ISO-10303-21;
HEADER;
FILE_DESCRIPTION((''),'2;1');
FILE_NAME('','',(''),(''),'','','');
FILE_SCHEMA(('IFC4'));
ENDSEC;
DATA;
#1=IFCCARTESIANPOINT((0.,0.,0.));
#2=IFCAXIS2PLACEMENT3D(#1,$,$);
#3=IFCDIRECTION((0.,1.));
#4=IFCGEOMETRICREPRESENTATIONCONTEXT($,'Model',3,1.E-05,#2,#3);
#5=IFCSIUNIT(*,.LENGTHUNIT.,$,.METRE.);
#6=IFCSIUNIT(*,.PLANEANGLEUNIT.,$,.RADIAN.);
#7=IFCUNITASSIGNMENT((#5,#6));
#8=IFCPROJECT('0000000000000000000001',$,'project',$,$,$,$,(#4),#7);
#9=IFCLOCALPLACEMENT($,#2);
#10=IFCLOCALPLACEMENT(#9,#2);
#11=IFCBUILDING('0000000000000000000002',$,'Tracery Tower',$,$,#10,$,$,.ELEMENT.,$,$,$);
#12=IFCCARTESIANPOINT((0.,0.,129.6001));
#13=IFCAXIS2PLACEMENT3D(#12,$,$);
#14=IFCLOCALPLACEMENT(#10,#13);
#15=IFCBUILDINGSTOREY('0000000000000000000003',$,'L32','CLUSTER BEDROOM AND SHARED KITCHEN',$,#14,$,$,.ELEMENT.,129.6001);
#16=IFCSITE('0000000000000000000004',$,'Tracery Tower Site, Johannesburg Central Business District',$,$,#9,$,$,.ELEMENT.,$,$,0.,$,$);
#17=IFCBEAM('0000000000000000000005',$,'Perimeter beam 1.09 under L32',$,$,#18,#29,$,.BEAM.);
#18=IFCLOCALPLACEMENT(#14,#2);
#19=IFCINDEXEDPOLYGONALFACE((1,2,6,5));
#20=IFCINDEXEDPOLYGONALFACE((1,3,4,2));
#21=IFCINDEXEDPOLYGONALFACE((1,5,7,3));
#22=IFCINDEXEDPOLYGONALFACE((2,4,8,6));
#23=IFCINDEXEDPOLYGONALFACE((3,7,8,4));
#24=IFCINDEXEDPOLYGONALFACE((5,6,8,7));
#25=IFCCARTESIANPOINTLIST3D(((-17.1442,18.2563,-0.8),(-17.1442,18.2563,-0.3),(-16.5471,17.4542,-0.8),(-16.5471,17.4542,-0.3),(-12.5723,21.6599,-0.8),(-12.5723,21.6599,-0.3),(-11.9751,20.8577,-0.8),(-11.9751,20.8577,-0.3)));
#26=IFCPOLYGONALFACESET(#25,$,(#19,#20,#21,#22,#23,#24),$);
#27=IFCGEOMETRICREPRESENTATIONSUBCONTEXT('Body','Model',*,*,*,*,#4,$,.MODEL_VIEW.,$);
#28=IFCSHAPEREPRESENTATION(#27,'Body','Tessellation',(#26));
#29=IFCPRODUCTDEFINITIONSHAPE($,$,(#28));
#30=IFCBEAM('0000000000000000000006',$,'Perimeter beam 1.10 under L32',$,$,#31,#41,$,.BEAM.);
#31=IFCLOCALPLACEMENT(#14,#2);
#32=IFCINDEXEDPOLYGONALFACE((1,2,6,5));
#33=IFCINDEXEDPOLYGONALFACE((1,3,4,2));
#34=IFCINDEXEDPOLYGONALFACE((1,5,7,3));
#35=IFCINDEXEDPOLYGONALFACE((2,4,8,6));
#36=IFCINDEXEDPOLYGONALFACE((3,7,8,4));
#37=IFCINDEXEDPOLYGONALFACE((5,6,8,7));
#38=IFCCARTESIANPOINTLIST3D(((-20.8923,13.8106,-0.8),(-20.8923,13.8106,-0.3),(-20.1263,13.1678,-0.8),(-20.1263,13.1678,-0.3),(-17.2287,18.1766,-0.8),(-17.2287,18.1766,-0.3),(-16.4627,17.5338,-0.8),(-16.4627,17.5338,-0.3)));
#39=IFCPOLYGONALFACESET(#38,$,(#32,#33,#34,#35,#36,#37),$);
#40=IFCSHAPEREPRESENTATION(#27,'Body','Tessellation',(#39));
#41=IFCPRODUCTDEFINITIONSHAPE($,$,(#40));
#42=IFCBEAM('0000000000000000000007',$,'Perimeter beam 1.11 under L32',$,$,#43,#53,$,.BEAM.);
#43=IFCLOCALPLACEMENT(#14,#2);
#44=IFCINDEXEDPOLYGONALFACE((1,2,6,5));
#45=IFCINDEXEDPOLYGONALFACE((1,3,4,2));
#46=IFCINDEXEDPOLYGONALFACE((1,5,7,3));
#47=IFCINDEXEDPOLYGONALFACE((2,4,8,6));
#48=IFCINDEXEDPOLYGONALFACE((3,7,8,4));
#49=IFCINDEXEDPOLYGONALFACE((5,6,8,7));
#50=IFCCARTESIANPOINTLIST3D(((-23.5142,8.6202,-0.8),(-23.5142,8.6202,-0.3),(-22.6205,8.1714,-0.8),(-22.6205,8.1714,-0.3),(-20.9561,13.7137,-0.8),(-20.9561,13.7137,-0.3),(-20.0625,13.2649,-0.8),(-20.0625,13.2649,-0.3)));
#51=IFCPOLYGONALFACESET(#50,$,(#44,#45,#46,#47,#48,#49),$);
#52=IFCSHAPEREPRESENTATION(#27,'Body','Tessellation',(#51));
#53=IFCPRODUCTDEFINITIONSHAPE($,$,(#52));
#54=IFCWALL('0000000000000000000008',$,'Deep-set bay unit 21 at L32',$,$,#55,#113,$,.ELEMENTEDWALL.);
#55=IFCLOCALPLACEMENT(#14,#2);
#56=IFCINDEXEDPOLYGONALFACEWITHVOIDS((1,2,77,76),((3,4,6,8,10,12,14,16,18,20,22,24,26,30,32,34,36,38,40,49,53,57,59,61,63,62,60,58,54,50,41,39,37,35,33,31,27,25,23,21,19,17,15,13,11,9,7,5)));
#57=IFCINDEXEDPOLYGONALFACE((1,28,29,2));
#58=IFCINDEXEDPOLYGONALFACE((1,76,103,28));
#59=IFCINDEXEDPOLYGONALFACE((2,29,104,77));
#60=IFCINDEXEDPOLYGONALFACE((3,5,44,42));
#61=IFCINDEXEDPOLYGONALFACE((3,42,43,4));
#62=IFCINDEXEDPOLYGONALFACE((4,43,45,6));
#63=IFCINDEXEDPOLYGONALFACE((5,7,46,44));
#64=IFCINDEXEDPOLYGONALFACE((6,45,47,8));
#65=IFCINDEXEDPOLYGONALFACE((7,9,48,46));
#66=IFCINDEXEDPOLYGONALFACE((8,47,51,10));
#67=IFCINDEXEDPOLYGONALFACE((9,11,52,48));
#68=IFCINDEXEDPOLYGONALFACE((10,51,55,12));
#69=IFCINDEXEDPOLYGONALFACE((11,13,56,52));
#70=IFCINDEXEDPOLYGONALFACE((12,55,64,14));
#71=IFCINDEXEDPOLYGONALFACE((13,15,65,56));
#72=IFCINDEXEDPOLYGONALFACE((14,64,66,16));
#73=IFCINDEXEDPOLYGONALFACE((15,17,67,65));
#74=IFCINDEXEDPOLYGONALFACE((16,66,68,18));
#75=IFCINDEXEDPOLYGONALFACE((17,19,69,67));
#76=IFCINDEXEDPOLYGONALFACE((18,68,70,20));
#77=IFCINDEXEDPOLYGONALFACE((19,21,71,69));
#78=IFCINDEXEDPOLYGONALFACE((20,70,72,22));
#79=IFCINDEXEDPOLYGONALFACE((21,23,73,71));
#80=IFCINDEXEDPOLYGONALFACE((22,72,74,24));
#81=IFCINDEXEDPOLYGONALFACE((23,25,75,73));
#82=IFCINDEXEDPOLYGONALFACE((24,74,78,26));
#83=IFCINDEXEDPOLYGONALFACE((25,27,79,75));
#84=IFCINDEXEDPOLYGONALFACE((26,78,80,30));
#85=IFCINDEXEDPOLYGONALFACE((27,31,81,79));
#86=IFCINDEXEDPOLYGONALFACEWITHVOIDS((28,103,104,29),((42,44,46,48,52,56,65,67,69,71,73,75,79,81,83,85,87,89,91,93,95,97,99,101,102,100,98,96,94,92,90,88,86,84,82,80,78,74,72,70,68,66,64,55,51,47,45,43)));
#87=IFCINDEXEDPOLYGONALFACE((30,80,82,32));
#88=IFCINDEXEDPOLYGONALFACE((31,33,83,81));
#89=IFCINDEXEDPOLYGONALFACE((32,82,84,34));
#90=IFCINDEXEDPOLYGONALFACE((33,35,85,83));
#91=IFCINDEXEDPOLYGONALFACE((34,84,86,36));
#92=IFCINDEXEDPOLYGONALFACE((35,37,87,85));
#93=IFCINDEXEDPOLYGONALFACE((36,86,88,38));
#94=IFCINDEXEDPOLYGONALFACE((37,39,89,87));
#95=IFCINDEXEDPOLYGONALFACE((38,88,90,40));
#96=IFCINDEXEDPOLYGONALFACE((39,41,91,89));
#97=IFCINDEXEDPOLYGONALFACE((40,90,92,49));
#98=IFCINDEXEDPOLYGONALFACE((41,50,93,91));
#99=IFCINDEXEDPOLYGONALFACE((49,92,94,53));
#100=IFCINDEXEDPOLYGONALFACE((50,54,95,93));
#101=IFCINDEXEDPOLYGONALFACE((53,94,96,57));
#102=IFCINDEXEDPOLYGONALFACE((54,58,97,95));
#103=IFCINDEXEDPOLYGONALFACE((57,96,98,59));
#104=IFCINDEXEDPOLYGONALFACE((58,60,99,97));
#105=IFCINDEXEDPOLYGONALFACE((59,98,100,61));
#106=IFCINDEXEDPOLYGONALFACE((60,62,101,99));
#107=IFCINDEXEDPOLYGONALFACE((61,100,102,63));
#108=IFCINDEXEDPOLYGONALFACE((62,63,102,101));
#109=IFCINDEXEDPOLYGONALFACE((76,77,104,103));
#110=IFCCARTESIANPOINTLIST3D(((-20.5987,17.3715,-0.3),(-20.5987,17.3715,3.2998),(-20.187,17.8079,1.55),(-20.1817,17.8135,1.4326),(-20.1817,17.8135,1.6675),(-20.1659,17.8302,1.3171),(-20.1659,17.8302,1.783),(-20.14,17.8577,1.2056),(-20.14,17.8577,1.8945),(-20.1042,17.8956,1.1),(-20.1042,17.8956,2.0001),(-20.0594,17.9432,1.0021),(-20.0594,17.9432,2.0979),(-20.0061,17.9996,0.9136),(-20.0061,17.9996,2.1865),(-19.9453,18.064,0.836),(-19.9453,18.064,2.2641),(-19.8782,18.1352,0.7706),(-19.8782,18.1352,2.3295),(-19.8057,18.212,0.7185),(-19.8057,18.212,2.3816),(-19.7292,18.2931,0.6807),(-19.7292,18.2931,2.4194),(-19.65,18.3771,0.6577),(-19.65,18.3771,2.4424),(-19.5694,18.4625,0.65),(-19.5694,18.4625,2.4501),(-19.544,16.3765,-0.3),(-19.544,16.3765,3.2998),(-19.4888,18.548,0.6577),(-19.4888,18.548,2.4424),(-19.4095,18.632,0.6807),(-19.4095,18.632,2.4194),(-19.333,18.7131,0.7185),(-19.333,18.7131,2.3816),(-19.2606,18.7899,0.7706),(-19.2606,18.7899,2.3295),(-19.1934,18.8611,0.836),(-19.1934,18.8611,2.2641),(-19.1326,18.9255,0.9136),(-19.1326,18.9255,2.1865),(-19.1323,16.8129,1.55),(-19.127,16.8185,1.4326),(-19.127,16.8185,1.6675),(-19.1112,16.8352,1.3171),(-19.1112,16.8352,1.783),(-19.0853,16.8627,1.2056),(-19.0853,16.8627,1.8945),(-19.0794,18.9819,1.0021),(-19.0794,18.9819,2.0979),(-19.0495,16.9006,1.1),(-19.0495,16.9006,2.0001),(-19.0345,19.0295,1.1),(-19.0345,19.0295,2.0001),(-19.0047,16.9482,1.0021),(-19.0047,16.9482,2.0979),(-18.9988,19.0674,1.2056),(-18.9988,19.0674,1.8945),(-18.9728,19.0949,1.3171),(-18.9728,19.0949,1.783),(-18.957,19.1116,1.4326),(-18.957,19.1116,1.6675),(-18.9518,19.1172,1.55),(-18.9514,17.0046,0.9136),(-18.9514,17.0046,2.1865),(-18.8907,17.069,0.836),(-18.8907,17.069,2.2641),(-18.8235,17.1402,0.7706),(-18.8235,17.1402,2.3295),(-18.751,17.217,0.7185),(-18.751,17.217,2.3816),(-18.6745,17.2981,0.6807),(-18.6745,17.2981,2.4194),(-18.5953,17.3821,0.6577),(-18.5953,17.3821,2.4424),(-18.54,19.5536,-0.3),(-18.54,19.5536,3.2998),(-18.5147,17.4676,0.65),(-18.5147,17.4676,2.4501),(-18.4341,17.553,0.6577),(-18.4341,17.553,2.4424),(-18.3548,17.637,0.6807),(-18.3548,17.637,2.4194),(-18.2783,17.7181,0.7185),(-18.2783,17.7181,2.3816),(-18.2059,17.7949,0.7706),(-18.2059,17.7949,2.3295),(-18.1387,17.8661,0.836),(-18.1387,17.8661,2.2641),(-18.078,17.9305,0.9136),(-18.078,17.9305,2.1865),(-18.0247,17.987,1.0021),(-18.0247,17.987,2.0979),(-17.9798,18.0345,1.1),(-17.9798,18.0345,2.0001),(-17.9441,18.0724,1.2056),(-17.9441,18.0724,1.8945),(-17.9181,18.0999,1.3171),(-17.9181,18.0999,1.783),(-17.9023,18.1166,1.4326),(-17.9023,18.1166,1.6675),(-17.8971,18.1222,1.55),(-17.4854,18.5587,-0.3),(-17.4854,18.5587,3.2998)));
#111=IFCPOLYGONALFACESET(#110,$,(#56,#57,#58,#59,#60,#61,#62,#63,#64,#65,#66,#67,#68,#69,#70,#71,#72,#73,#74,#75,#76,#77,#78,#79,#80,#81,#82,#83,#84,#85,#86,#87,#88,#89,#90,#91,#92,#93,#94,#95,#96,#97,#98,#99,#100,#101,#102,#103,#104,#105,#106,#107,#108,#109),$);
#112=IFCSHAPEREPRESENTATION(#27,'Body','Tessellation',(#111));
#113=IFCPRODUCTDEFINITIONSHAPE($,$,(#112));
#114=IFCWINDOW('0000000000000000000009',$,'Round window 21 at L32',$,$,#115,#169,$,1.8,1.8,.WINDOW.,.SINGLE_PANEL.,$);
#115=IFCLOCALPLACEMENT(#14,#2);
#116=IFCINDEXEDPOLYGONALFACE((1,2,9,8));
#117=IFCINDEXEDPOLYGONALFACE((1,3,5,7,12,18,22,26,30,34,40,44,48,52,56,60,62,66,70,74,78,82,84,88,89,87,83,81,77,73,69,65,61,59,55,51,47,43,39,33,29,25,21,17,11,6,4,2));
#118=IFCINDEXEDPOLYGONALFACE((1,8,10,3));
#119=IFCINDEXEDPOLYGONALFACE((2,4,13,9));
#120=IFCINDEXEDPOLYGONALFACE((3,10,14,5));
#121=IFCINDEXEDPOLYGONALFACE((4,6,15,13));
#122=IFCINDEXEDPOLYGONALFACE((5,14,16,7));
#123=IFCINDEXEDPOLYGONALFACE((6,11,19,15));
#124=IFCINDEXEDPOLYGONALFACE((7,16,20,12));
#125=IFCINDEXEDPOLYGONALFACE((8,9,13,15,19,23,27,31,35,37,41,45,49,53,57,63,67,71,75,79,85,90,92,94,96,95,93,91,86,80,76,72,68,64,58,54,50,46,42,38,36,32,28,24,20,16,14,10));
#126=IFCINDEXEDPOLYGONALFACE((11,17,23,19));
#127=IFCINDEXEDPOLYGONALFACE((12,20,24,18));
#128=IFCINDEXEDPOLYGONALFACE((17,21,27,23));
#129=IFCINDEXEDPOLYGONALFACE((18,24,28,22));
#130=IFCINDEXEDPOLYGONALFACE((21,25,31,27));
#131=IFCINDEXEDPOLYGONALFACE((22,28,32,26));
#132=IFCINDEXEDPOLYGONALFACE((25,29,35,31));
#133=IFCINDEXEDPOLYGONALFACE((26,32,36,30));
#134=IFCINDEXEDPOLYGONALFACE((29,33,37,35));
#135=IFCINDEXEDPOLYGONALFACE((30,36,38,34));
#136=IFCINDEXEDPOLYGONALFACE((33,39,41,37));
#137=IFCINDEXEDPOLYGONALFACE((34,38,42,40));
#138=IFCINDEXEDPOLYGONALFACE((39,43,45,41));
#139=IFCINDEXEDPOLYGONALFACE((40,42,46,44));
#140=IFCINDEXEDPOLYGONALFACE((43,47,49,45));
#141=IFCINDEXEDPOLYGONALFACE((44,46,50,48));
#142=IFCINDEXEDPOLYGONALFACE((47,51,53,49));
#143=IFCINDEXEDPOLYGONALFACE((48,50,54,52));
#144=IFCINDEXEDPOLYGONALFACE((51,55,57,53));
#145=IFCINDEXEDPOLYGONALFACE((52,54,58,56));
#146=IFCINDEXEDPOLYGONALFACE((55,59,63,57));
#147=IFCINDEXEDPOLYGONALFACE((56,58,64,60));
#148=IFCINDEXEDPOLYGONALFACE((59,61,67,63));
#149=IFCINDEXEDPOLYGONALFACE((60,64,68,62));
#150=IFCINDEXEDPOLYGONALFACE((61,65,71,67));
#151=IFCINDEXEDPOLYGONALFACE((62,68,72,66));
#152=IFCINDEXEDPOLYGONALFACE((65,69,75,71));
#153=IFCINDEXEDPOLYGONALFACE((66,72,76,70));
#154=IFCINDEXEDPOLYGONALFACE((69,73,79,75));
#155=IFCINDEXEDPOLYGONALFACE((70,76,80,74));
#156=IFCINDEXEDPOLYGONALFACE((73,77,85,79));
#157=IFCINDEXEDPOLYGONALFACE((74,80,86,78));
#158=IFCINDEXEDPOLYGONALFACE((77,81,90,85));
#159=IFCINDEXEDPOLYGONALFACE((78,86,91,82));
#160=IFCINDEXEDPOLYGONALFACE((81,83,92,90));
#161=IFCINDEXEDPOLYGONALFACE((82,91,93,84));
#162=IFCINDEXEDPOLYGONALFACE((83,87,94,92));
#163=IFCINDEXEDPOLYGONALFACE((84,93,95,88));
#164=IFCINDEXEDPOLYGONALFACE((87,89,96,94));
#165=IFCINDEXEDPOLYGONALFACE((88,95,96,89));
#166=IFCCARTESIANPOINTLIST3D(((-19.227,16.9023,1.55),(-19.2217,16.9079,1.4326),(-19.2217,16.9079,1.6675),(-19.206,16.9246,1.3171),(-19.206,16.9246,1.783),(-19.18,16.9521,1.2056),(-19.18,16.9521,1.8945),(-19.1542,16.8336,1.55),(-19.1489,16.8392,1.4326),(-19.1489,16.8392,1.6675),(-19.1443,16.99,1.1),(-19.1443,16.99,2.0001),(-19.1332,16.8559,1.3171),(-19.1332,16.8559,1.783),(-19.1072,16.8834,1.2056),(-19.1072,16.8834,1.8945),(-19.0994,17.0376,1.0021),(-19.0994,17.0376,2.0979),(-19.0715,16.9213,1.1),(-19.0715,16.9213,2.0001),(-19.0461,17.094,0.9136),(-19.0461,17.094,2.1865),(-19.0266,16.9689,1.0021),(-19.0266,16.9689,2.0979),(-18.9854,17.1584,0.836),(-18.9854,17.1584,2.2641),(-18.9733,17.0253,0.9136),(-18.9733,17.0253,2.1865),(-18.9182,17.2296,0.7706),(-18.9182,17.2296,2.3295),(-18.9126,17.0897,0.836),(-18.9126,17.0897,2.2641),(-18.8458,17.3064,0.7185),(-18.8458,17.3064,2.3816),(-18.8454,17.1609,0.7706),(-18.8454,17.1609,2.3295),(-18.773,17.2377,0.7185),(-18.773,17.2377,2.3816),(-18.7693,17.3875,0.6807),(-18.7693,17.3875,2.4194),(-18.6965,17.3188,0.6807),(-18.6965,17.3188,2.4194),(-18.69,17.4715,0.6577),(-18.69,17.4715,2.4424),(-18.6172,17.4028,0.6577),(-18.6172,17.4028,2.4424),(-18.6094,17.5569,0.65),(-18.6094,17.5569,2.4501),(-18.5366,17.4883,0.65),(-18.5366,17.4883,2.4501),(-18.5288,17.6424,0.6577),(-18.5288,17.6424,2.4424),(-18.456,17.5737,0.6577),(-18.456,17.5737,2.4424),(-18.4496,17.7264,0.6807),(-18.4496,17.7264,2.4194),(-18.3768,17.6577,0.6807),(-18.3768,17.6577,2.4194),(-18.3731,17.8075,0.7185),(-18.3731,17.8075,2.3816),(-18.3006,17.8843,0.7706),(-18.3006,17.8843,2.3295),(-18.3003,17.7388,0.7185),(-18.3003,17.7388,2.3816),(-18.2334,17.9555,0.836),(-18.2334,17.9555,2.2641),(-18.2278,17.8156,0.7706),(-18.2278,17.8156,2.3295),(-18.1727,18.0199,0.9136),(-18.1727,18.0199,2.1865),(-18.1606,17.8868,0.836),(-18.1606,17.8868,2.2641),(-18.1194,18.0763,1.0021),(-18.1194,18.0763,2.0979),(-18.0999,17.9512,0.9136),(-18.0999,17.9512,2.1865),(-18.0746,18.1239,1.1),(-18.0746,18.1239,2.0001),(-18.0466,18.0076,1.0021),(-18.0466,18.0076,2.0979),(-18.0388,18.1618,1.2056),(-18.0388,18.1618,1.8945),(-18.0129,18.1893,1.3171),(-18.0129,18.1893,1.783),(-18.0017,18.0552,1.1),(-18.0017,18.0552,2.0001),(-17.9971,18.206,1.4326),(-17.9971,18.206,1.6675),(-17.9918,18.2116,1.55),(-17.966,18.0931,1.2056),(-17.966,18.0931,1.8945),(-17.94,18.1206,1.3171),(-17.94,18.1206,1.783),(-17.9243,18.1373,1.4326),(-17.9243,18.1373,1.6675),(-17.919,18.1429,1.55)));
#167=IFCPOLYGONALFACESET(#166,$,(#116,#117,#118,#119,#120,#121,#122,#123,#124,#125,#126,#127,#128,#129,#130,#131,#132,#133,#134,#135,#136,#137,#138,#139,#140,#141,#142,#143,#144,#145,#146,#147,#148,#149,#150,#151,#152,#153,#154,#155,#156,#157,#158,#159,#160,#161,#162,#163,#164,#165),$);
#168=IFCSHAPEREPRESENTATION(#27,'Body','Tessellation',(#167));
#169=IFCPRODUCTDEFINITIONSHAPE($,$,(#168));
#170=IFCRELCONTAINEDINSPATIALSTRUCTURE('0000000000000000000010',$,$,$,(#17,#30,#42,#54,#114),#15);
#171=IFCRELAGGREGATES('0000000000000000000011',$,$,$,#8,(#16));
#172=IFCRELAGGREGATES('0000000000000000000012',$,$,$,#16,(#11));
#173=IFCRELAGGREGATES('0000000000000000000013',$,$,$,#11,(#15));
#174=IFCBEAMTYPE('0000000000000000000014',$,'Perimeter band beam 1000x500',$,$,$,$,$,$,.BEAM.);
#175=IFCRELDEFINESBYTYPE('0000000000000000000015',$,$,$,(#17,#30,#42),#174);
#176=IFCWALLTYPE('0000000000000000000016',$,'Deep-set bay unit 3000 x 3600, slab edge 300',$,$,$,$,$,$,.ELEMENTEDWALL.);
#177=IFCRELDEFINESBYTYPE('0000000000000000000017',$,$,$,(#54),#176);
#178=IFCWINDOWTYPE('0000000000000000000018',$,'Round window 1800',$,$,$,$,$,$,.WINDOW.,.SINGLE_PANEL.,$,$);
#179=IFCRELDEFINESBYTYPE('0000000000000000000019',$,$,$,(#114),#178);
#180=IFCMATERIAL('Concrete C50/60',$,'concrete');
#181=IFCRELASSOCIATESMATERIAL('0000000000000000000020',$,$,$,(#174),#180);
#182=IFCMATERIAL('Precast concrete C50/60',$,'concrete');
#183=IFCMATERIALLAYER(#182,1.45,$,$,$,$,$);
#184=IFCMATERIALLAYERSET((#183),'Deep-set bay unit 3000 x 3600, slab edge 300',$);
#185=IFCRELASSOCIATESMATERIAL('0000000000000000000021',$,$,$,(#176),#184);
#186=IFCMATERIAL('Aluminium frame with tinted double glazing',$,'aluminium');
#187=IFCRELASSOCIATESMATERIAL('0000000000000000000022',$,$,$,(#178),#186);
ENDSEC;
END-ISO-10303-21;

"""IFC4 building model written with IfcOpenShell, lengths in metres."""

from ifc_helpers import new_model, si_unit, direction, frame, frame_2d, origin, origin_2d, place, context, subcontext, project, spatial, rectangle, circle, extrude, material, layer, layer_set, material_profile, profile_set, type_object, element, fill, save


model = new_model("IFC4")

# Units and contexts
model_context = context("Model", 3, precision=1e-05, world=origin(), true_north=direction((0.0, 1.0)))
body_context = subcontext(model_context, "Body", "Model", "MODEL_VIEW")
ifc_project = project(units=[si_unit("LENGTHUNIT", "METRE"), si_unit("PLANEANGLEUNIT", "RADIAN")], contexts=[model_context])

# Site, building, storey
site_placement = place(None, origin())
site = spatial("IfcSite", under=ifc_project, at=site_placement, Name="Tracery Tower Site, Johannesburg Central Business District", CompositionType="ELEMENT", RefElevation=0.0)
building_placement = place(site_placement, origin())
building = spatial("IfcBuilding", under=site, at=building_placement, Name="Tracery Tower", CompositionType="ELEMENT")
storey_placement = place(building_placement, frame((0.0, 0.0, 129.6001)))
storey = spatial("IfcBuildingStorey", under=building, at=storey_placement, Name="L32", Description="CLUSTER BEDROOM AND SHARED KITCHEN", CompositionType="ELEMENT", Elevation=129.6001)

# Beams
ifc_material_1 = material(Name="Concrete C50/60", Category="concrete")
ifc_material_profile_1 = material_profile(ifc_material_1, rectangle(XDim=1.0, YDim=0.5, at=origin_2d()), Name="RC 1000x500")
ifc_profile_set_1 = profile_set([ifc_material_profile_1], Name="Concrete C50/60")
beam_type = type_object("IfcBeamType", Name="Perimeter band beam 1000x500", PredefinedType="BEAM", material=ifc_profile_set_1)
beam_1_placement = place(storey_placement, frame((-12.2737, 21.2588, -0.55), z_axis=(-0.802138, -0.597138, 0.0), x_axis=(0.597138, -0.802138, 0.0)))
element("IfcBeam", 1, at=beam_1_placement, inside=storey, type_object=beam_type, Name="Perimeter beam 1.09 under L32", PredefinedType="BEAM", context=body_context, shape_type="SweptSolid", body=[
    extrude(rectangle(XDim=1.0, YDim=0.5, at=origin_2d()), origin(), (0.0, 0.0, 1.0), 5.6997),
])
beam_2_placement = place(storey_placement, frame((-16.8457, 17.8552, -0.55), z_axis=(-0.642797, -0.766036, 0.0), x_axis=(0.766036, -0.642797, 0.0)))
element("IfcBeam", 2, at=beam_2_placement, inside=storey, type_object=beam_type, Name="Perimeter beam 1.10 under L32", PredefinedType="BEAM", context=body_context, shape_type="SweptSolid", body=[
    extrude(rectangle(XDim=1.0, YDim=0.5, at=origin_2d()), origin(), (0.0, 0.0, 1.0), 5.6995),
])
beam_3_placement = place(storey_placement, frame((-20.5093, 13.4893, -0.55), z_axis=(-0.448806, -0.893629, 0.0), x_axis=(0.893629, -0.448806, 0.0)))
element("IfcBeam", 3, at=beam_3_placement, inside=storey, type_object=beam_type, Name="Perimeter beam 1.11 under L32", PredefinedType="BEAM", context=body_context, shape_type="SweptSolid", body=[
    extrude(rectangle(XDim=1.0, YDim=0.5, at=origin_2d()), origin(), (0.0, 0.0, 1.0), 5.6997),
])

# Wall, opening, window
ifc_material_2 = material(Name="Precast concrete C50/60", Category="concrete")
ifc_layer_1 = layer(ifc_material_2, 1.45)
ifc_layer_set_1 = layer_set([ifc_layer_1], Name="Deep-set bay unit 3000 x 3600, slab edge 300")
wall_type_1 = type_object("IfcWallType", Name="Deep-set bay unit 3000 x 3600, slab edge 300", PredefinedType="ELEMENTEDWALL", material=ifc_layer_set_1)
wall_1_placement = place(storey_placement, frame((-18.0127, 19.0562, -0.3), z_axis=(0.0, 0.0, 1.0), x_axis=(-0.686217, -0.727397, 0.0)))
wall_1 = element("IfcWall", 4, at=wall_1_placement, inside=storey, type_object=wall_type_1, Name="Deep-set bay unit 21 at L32", PredefinedType="ELEMENTEDWALL", context=body_context, shape_type="SweptSolid", body=[
    extrude(rectangle(XDim=3.0, YDim=1.45, at=frame_2d((1.5, 0.0))), origin(), (0.0, 0.0, 1.0), 3.5999),
])
opening_1_placement = place(wall_1_placement, frame((1.5, 0.0, 1.8501)))
opening_1 = element("IfcOpeningElement", 5, at=opening_1_placement, cuts=wall_1, PredefinedType="OPENING", context=body_context, shape_type="SweptSolid", body=[
    extrude(circle(Radius=0.9, at=origin_2d()), frame((0.0, 0.7349, 0.0), z_axis=(0.0, -1.0, 0.0), x_axis=(1.0, 0.0, 0.0)), (0.0, 0.0, 1.0), 1.47),
])
ifc_material_3 = material(Name="Aluminium frame with tinted double glazing", Category="aluminium")
window_type = type_object("IfcWindowType", Name="Round window 1800", PartitioningType="SINGLE_PANEL", PredefinedType="WINDOW", material=ifc_material_3)
window_1_placement = place(opening_1_placement, origin())
window_1 = element("IfcWindow", 6, at=window_1_placement, inside=storey, type_object=window_type, Name="Round window 21 at L32", OverallHeight=1.8, OverallWidth=1.8, PartitioningType="SINGLE_PANEL", PredefinedType="WINDOW", context=body_context, shape_type="SweptSolid", body=[
    extrude(circle(Radius=0.9, at=origin_2d()), frame((0.0, 0.6948, 0.0), z_axis=(0.0, -1.0, 0.0), x_axis=(1.0, 0.0, 0.0)), (0.0, 0.0, 1.0), 0.1001),
])
fill(opening_1, window_1)

save(model, "model.ifc")
